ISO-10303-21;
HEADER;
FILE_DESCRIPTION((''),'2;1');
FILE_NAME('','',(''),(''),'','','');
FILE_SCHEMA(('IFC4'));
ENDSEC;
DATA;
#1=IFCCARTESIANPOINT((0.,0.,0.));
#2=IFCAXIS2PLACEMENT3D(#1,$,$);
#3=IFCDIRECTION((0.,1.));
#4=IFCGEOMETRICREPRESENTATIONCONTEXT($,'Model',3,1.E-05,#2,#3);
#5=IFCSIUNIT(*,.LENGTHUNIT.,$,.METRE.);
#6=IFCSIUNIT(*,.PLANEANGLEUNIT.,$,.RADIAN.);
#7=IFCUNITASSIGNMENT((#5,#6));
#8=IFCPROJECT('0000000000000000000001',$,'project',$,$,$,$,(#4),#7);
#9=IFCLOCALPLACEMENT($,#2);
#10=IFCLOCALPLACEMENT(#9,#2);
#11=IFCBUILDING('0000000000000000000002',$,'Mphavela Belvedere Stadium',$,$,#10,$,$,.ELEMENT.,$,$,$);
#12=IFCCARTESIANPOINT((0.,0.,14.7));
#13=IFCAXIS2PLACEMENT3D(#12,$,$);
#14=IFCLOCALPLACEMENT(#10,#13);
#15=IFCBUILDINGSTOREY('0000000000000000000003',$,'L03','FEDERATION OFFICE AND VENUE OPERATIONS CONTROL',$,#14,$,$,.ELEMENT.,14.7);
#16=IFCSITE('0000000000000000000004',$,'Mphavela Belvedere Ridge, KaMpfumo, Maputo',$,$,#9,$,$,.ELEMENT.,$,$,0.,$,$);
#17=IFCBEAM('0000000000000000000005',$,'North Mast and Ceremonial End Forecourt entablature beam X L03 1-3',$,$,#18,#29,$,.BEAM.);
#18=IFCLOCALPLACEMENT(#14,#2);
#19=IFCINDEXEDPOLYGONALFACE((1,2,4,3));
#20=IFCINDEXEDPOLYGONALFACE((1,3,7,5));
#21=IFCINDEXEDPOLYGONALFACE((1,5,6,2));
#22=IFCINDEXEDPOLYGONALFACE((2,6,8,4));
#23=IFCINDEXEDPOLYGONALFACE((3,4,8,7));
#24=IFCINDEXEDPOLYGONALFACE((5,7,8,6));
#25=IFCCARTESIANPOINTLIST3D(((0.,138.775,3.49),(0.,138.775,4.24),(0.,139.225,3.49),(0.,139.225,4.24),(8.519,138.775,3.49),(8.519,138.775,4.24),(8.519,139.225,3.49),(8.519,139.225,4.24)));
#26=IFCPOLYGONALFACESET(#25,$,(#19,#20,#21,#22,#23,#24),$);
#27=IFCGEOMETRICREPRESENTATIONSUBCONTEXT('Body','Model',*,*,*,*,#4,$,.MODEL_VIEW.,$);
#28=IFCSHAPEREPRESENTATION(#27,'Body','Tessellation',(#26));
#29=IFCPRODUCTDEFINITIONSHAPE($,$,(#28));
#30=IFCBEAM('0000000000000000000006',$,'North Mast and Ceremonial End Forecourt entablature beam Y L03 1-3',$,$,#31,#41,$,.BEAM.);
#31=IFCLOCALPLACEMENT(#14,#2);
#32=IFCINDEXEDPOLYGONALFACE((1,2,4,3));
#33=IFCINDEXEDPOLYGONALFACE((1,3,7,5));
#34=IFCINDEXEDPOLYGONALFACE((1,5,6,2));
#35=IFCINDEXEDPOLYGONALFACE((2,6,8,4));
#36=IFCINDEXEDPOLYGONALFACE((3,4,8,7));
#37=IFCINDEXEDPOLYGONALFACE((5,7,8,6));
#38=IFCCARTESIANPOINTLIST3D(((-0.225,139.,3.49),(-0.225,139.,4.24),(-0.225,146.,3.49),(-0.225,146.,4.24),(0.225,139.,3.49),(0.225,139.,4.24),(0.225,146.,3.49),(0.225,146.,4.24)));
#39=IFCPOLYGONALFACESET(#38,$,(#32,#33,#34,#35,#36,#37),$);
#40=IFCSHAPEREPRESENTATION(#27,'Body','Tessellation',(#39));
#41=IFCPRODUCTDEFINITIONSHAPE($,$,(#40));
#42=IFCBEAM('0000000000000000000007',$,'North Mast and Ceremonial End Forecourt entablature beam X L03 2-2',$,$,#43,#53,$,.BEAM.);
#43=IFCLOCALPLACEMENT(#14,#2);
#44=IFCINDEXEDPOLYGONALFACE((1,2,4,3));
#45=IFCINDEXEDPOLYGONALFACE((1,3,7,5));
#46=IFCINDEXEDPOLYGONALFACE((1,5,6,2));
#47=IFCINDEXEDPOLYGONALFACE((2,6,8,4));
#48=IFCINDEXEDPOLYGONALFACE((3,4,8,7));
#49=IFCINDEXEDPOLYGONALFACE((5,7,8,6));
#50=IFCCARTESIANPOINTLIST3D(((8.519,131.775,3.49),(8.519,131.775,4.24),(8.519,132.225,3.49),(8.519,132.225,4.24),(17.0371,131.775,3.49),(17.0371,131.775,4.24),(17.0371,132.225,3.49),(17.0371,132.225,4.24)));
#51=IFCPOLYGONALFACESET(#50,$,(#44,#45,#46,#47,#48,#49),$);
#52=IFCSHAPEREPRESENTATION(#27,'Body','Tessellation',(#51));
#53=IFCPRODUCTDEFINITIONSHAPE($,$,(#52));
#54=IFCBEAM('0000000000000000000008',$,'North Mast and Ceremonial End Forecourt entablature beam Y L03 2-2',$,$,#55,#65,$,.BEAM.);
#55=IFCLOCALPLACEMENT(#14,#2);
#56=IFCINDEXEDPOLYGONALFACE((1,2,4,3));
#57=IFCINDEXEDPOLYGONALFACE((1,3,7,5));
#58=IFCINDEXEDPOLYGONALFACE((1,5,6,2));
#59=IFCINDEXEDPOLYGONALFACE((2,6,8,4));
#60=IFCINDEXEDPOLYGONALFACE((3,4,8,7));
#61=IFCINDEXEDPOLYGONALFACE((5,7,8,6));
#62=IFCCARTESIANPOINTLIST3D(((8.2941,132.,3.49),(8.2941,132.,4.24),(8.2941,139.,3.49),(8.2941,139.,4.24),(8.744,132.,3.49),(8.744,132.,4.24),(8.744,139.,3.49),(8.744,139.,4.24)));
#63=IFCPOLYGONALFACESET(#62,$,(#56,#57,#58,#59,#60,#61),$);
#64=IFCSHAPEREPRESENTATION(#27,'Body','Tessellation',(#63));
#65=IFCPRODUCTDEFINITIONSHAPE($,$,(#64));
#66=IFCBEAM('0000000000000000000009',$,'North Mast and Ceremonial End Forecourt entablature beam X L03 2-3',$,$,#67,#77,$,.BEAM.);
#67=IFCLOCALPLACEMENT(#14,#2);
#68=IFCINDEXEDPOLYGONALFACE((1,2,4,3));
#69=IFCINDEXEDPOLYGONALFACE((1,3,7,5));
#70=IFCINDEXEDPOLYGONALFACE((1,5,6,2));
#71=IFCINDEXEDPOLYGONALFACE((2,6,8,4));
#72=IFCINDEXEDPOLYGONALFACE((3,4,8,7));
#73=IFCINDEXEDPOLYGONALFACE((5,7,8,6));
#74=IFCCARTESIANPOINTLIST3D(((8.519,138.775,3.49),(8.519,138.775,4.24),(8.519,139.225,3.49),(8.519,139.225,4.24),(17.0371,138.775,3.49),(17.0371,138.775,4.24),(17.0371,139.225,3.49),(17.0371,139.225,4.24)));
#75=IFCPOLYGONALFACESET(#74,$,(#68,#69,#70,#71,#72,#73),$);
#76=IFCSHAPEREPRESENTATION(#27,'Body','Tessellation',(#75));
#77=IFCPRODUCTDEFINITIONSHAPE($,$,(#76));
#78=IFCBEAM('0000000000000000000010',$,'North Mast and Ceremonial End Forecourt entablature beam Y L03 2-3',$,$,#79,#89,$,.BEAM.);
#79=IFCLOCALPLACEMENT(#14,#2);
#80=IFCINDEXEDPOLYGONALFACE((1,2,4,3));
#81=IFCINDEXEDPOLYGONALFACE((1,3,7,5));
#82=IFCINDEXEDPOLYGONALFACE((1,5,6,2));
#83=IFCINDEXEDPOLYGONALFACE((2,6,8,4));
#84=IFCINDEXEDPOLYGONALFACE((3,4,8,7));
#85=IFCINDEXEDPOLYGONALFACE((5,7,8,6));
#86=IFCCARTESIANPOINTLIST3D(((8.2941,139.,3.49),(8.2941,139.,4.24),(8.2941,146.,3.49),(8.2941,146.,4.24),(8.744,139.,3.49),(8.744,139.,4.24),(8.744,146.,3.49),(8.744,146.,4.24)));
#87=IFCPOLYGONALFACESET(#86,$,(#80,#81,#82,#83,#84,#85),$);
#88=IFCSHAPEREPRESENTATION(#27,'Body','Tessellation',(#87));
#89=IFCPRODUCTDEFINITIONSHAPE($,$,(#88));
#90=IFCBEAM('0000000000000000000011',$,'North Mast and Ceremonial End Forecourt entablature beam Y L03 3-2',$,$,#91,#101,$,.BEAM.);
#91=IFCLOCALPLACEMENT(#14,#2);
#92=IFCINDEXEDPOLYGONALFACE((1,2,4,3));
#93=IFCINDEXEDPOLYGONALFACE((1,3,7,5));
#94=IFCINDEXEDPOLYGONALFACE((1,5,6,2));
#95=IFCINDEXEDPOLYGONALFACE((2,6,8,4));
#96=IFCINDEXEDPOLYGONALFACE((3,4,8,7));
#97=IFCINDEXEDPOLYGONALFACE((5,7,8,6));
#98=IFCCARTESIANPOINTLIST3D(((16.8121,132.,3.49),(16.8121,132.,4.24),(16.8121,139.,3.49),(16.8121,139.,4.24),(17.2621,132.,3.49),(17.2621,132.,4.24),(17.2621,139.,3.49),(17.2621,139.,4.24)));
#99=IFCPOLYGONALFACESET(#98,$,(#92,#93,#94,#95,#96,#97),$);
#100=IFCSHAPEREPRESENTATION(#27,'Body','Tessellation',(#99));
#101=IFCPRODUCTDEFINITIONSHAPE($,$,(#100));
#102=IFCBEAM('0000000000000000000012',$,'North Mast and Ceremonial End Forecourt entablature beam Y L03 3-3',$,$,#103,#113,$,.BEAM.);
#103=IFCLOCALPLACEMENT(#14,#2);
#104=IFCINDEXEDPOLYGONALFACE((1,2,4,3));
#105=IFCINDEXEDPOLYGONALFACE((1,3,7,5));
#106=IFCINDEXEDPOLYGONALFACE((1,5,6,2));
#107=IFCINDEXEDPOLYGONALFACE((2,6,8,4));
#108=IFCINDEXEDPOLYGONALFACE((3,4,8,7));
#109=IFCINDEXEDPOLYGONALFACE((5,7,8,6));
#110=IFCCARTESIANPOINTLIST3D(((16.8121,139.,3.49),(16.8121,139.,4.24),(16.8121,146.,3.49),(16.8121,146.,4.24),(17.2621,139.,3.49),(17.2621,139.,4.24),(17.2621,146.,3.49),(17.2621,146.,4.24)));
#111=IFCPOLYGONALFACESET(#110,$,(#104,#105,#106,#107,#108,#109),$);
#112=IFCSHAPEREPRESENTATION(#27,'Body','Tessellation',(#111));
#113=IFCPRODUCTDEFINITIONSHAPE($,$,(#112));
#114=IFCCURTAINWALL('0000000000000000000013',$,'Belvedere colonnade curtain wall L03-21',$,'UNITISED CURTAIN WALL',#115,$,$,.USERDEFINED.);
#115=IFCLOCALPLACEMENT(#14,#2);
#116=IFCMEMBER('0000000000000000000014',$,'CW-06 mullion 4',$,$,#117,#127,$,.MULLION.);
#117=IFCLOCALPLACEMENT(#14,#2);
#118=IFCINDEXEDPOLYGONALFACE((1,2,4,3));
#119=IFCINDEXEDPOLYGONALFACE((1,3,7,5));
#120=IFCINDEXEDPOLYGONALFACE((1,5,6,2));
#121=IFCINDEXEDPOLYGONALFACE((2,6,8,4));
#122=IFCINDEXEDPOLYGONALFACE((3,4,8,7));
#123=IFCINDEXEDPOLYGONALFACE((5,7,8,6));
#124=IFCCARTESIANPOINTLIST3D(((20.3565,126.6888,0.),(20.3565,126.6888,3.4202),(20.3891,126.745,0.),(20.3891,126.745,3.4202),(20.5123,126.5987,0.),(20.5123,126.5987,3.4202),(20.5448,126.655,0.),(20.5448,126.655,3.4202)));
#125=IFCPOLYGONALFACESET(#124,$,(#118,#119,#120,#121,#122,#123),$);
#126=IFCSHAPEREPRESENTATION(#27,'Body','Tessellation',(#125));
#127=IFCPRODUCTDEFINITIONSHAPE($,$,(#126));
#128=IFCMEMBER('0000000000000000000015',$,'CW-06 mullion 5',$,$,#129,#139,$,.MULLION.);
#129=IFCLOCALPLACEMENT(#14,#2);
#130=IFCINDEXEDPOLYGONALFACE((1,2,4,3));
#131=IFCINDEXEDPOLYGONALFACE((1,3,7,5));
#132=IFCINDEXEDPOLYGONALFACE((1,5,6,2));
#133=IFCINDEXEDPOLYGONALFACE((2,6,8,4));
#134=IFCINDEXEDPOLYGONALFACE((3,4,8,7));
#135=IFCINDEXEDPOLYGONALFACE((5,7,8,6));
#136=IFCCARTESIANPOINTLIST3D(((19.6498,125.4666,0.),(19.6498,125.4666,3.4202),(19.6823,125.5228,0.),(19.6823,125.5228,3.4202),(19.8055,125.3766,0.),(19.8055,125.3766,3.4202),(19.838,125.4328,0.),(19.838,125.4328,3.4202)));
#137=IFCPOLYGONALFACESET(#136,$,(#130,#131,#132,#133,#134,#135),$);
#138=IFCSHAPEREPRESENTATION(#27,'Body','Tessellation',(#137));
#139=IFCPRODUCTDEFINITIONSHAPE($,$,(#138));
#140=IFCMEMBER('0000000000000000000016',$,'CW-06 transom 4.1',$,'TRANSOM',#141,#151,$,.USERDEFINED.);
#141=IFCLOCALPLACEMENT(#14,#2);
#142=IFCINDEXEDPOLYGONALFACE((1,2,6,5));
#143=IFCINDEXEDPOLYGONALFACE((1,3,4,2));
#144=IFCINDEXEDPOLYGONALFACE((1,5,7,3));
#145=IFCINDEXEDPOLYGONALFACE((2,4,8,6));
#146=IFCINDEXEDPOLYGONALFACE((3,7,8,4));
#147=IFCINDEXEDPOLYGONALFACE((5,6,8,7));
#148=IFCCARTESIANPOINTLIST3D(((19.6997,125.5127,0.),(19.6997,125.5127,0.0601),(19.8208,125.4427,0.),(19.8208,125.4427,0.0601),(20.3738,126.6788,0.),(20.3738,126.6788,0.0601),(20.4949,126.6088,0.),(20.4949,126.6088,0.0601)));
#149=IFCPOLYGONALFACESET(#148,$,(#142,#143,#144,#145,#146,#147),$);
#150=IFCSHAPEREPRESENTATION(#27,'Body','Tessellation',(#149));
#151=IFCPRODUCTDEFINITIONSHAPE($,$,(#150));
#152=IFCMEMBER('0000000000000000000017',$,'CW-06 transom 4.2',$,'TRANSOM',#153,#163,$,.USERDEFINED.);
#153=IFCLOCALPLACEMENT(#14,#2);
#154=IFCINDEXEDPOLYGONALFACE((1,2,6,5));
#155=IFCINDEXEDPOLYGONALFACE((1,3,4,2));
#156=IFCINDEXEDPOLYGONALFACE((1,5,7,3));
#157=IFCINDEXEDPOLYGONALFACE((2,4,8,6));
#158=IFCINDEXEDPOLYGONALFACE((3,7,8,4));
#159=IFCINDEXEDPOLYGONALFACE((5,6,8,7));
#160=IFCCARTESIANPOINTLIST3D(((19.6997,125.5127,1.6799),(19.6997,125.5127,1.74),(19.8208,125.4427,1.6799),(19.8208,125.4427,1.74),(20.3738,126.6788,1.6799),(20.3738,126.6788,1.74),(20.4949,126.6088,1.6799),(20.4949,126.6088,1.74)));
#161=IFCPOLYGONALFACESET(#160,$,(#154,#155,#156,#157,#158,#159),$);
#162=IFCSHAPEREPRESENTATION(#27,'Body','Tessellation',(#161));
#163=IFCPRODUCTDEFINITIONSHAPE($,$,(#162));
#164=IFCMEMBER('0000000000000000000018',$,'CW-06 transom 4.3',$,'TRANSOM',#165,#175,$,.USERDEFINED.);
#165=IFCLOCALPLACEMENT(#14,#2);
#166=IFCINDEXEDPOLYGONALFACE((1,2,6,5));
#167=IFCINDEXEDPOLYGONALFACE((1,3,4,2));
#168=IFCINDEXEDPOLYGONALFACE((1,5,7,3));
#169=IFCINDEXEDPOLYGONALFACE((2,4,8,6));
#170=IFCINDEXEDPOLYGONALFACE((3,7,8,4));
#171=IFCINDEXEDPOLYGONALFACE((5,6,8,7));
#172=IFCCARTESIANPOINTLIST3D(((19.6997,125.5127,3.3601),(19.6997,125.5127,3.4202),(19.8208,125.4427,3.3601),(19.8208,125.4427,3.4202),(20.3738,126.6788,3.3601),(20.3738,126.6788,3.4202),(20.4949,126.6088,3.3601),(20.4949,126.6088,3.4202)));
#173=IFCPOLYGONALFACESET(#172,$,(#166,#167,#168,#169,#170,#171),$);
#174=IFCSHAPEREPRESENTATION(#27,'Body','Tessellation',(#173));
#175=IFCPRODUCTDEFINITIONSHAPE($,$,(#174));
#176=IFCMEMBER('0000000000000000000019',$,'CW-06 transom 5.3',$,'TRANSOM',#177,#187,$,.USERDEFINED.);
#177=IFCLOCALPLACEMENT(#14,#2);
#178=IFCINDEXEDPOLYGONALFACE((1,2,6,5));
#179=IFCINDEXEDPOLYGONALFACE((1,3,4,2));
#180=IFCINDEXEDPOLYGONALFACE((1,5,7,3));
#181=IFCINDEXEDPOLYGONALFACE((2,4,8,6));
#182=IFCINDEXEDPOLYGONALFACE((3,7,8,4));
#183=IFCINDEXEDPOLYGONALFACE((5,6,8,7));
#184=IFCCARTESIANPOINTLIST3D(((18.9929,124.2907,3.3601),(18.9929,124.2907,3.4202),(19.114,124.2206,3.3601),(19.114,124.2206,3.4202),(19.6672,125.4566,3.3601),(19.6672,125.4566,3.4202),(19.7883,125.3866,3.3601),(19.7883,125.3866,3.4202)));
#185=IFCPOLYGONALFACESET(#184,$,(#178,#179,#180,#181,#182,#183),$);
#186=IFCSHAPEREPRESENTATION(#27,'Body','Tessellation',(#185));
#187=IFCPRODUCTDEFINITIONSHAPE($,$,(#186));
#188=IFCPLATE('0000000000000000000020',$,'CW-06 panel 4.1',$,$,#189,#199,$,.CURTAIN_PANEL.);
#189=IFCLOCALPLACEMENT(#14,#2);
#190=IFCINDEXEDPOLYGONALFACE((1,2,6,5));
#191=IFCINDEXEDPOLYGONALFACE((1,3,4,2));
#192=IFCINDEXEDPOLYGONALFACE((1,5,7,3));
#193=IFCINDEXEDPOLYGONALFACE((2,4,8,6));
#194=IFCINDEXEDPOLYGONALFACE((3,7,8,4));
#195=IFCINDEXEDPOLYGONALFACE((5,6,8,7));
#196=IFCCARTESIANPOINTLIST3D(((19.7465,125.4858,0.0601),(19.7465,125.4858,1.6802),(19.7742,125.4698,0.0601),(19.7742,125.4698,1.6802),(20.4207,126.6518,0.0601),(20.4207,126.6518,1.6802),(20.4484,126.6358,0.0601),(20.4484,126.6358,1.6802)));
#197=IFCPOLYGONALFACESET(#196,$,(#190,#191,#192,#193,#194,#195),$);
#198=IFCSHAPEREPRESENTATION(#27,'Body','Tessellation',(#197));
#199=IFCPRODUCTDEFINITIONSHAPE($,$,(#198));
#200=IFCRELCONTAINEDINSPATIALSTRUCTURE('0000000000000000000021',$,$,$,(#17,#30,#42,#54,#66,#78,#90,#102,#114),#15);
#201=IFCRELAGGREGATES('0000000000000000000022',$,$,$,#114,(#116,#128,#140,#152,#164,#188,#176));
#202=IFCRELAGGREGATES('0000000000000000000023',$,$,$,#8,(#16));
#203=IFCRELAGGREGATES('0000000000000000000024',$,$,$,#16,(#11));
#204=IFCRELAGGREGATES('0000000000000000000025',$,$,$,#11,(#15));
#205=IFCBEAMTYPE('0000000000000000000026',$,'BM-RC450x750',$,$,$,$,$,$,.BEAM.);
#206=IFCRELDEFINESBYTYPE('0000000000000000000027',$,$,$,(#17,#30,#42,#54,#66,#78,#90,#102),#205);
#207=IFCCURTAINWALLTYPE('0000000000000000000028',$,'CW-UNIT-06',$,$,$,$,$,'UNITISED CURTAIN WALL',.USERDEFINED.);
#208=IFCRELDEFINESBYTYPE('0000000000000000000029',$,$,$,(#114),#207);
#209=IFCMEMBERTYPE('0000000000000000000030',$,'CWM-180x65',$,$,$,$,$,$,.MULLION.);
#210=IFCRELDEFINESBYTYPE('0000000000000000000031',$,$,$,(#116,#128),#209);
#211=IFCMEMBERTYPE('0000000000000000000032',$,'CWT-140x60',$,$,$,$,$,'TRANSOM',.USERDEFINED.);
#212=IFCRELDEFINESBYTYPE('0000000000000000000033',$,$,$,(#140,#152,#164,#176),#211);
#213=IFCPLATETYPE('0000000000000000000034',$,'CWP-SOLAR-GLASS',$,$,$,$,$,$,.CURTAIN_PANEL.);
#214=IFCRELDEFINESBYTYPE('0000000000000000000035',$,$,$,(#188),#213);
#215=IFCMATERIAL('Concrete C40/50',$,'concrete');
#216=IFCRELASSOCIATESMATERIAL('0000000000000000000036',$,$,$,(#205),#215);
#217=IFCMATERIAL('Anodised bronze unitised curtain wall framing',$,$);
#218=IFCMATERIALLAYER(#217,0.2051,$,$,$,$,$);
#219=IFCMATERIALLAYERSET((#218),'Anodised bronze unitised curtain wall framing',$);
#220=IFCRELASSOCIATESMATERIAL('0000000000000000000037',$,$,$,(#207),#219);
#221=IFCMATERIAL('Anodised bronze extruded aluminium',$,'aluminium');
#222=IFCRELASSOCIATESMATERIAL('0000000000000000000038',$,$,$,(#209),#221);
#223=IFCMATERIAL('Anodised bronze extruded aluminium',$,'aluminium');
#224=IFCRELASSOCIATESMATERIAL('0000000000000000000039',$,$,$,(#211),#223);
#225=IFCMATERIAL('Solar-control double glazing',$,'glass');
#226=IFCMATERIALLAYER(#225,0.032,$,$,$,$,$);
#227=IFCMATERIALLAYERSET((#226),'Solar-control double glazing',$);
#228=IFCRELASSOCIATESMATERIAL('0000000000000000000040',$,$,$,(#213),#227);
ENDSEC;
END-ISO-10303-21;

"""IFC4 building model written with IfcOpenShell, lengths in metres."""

from ifc_helpers import new_model, si_unit, direction, frame, origin, origin_2d, place, context, subcontext, project, spatial, rectangle, extrude, material, layer, layer_set, material_profile, profile_set, type_object, element, aggregate, save


model = new_model("IFC4")

# Units and contexts
model_context = context("Model", 3, precision=1e-05, world=origin(), true_north=direction((0.0, 1.0)))
body_context = subcontext(model_context, "Body", "Model", "MODEL_VIEW")
ifc_project = project(units=[si_unit("LENGTHUNIT", "METRE"), si_unit("PLANEANGLEUNIT", "RADIAN")], contexts=[model_context])

# Site, building, storey
site_placement = place(None, origin())
site = spatial("IfcSite", under=ifc_project, at=site_placement, Name="Mphavela Belvedere Ridge, KaMpfumo, Maputo", CompositionType="ELEMENT", RefElevation=0.0)
building_placement = place(site_placement, origin())
building = spatial("IfcBuilding", under=site, at=building_placement, Name="Mphavela Belvedere Stadium", CompositionType="ELEMENT")
storey_placement = place(building_placement, frame((0.0, 0.0, 14.7)))
storey = spatial("IfcBuildingStorey", under=building, at=storey_placement, Name="L03", Description="FEDERATION OFFICE AND VENUE OPERATIONS CONTROL", CompositionType="ELEMENT", Elevation=14.7)

# Beams
ifc_material_1 = material(Name="Concrete C40/50", Category="concrete")
ifc_material_profile_1 = material_profile(ifc_material_1, rectangle(XDim=0.45, YDim=0.75, at=origin_2d()), Name="RC 450x750")
ifc_profile_set_1 = profile_set([ifc_material_profile_1], Name="Concrete C40/50")
beam_type_1 = type_object("IfcBeamType", Name="BM-RC450x750", PredefinedType="BEAM", material=ifc_profile_set_1)
beam_1_placement = place(storey_placement, frame((0.0, 139.0, 3.865), z_axis=(1.0, 0.0, 0.0), x_axis=(0.0, 1.0, 0.0)))
element("IfcBeam", 1, at=beam_1_placement, inside=storey, type_object=beam_type_1, Name="North Mast and Ceremonial End Forecourt entablature beam X L03 1-3", PredefinedType="BEAM", context=body_context, shape_type="SweptSolid", body=[
    extrude(rectangle(XDim=0.45, YDim=0.75, at=origin_2d()), origin(), (0.0, 0.0, 1.0), 8.519),
])
beam_2_placement = place(storey_placement, frame((0.0, 139.0, 3.865), z_axis=(0.0, 1.0, 0.0), x_axis=(-1.0, 0.0, 0.0)))
element("IfcBeam", 2, at=beam_2_placement, inside=storey, type_object=beam_type_1, Name="North Mast and Ceremonial End Forecourt entablature beam Y L03 1-3", PredefinedType="BEAM", context=body_context, shape_type="SweptSolid", body=[
    extrude(rectangle(XDim=0.45, YDim=0.75, at=origin_2d()), origin(), (0.0, 0.0, 1.0), 7.0),
])
beam_3_placement = place(storey_placement, frame((8.519, 132.0, 3.865), z_axis=(1.0, 0.0, 0.0), x_axis=(0.0, 1.0, 0.0)))
element("IfcBeam", 3, at=beam_3_placement, inside=storey, type_object=beam_type_1, Name="North Mast and Ceremonial End Forecourt entablature beam X L03 2-2", PredefinedType="BEAM", context=body_context, shape_type="SweptSolid", body=[
    extrude(rectangle(XDim=0.45, YDim=0.75, at=origin_2d()), origin(), (0.0, 0.0, 1.0), 8.5181),
])
beam_4_placement = place(storey_placement, frame((8.519, 132.0, 3.865), z_axis=(0.0, 1.0, 0.0), x_axis=(-1.0, 0.0, 0.0)))
element("IfcBeam", 4, at=beam_4_placement, inside=storey, type_object=beam_type_1, Name="North Mast and Ceremonial End Forecourt entablature beam Y L03 2-2", PredefinedType="BEAM", context=body_context, shape_type="SweptSolid", body=[
    extrude(rectangle(XDim=0.45, YDim=0.75, at=origin_2d()), origin(), (0.0, 0.0, 1.0), 7.0),
])
beam_5_placement = place(storey_placement, frame((8.519, 139.0, 3.865), z_axis=(1.0, 0.0, 0.0), x_axis=(0.0, 1.0, 0.0)))
element("IfcBeam", 5, at=beam_5_placement, inside=storey, type_object=beam_type_1, Name="North Mast and Ceremonial End Forecourt entablature beam X L03 2-3", PredefinedType="BEAM", context=body_context, shape_type="SweptSolid", body=[
    extrude(rectangle(XDim=0.45, YDim=0.75, at=origin_2d()), origin(), (0.0, 0.0, 1.0), 8.5181),
])
for number, where, z_axis, x_axis, name in (
    (6, (8.519, 139.0, 3.865), (0.0, 1.0, 0.0), (-1.0, 0.0, 0.0), "North Mast and Ceremonial End Forecourt entablature beam Y L03 2-3"),
    (7, (17.0371, 132.0, 3.865), (0.0, 1.0, 0.0), (-1.0, 0.0, 0.0), "North Mast and Ceremonial End Forecourt entablature beam Y L03 3-2"),
    (8, (17.0371, 139.0, 3.865), (0.0, 1.0, 0.0), (-1.0, 0.0, 0.0), "North Mast and Ceremonial End Forecourt entablature beam Y L03 3-3"),
):
    element("IfcBeam", number, at=place(storey_placement, frame(where, z_axis=z_axis, x_axis=x_axis)), inside=storey, type_object=beam_type_1, Name=name, PredefinedType="BEAM", context=body_context, shape_type="SweptSolid", body=[
        extrude(rectangle(XDim=0.45, YDim=0.75, at=origin_2d()), origin(), (0.0, 0.0, 1.0), 7.0),
    ])

# Curtain wall, members, plate
ifc_material_2 = material(Name="Anodised bronze unitised curtain wall framing")
ifc_layer_1 = layer(ifc_material_2, 0.2051)
ifc_layer_set_1 = layer_set([ifc_layer_1], Name="Anodised bronze unitised curtain wall framing")
curtain_wall_type = type_object("IfcCurtainWallType", Name="CW-UNIT-06", ElementType="UNITISED CURTAIN WALL", PredefinedType="USERDEFINED", material=ifc_layer_set_1)
curtain_wall_placement = place(storey_placement, origin())
curtain_wall = element("IfcCurtainWall", 9, at=curtain_wall_placement, inside=storey, type_object=curtain_wall_type, Name="Belvedere colonnade curtain wall L03-21", ObjectType="UNITISED CURTAIN WALL", PredefinedType="USERDEFINED")
ifc_material_3 = material(Name="Anodised bronze extruded aluminium", Category="aluminium")
ifc_material_profile_2 = material_profile(ifc_material_3, rectangle(XDim=0.1799, YDim=0.0649, at=origin_2d()), Name="CW-MUL 180x65")
ifc_profile_set_2 = profile_set([ifc_material_profile_2], Name="Anodised bronze extruded aluminium")
member_type_1 = type_object("IfcMemberType", Name="CWM-180x65", PredefinedType="MULLION", material=ifc_profile_set_2)
member_1_placement = place(storey_placement, frame((20.4507, 126.6719, 0.0), z_axis=(0.0, 0.0, 1.0), x_axis=(0.865705, -0.500554, 0.0)))
member_1 = element("IfcMember", 10, at=member_1_placement, type_object=member_type_1, Name="CW-06 mullion 4", PredefinedType="MULLION", context=body_context, shape_type="SweptSolid", body=[
    extrude(rectangle(XDim=0.1799, YDim=0.0649, at=origin_2d()), origin(), (0.0, 0.0, 1.0), 3.4202),
])
member_2_placement = place(storey_placement, frame((19.7439, 125.4497, 0.0), z_axis=(0.0, 0.0, 1.0), x_axis=(0.865705, -0.500554, 0.0)))
member_2 = element("IfcMember", 11, at=member_2_placement, type_object=member_type_1, Name="CW-06 mullion 5", PredefinedType="MULLION", context=body_context, shape_type="SweptSolid", body=[
    extrude(rectangle(XDim=0.1799, YDim=0.0649, at=origin_2d()), origin(), (0.0, 0.0, 1.0), 3.4202),
])
ifc_material_4 = material(Name="Anodised bronze extruded aluminium", Category="aluminium")
ifc_material_profile_3 = material_profile(ifc_material_4, rectangle(XDim=0.1399, YDim=0.0601, at=origin_2d()), Name="CW-TRN 140x60")
ifc_profile_set_3 = profile_set([ifc_material_profile_3], Name="Anodised bronze extruded aluminium")
member_type_2 = type_object("IfcMemberType", Name="CWT-140x60", ElementType="TRANSOM", PredefinedType="USERDEFINED", material=ifc_profile_set_3)
member_3_placement = place(storey_placement, frame((20.4343, 126.6438, 0.03), z_axis=(-0.500486, -0.865745, 0.0), x_axis=(0.865745, -0.500486, 0.0)))
member_3 = element("IfcMember", 12, at=member_3_placement, type_object=member_type_2, Name="CW-06 transom 4.1", ObjectType="TRANSOM", PredefinedType="USERDEFINED", context=body_context, shape_type="SweptSolid", body=[
    extrude(rectangle(XDim=0.1399, YDim=0.0601, at=origin_2d()), origin(), (0.0, 0.0, 1.0), 1.3469),
])
member_4_placement = place(storey_placement, frame((20.4343, 126.6438, 1.71), z_axis=(-0.500486, -0.865745, 0.0), x_axis=(0.865745, -0.500486, 0.0)))
member_4 = element("IfcMember", 13, at=member_4_placement, type_object=member_type_2, Name="CW-06 transom 4.2", ObjectType="TRANSOM", PredefinedType="USERDEFINED", context=body_context, shape_type="SweptSolid", body=[
    extrude(rectangle(XDim=0.1399, YDim=0.0601, at=origin_2d()), origin(), (0.0, 0.0, 1.0), 1.3469),
])
member_5_placement = place(storey_placement, frame((20.4343, 126.6438, 3.3901), z_axis=(-0.500486, -0.865745, 0.0), x_axis=(0.865745, -0.500486, 0.0)))
member_5 = element("IfcMember", 14, at=member_5_placement, type_object=member_type_2, Name="CW-06 transom 4.3", ObjectType="TRANSOM", PredefinedType="USERDEFINED", context=body_context, shape_type="SweptSolid", body=[
    extrude(rectangle(XDim=0.1399, YDim=0.0601, at=origin_2d()), origin(), (0.0, 0.0, 1.0), 1.3469),
])
member_6_placement = place(storey_placement, frame((19.7278, 125.4216, 3.3901), z_axis=(-0.500622, -0.865666, 0.0), x_axis=(0.865666, -0.500622, 0.0)))
member_6 = element("IfcMember", 15, at=member_6_placement, type_object=member_type_2, Name="CW-06 transom 5.3", ObjectType="TRANSOM", PredefinedType="USERDEFINED", context=body_context, shape_type="SweptSolid", body=[
    extrude(rectangle(XDim=0.1399, YDim=0.0601, at=origin_2d()), origin(), (0.0, 0.0, 1.0), 1.3469),
])
ifc_material_5 = material(Name="Solar-control double glazing", Category="glass")
ifc_layer_2 = layer(ifc_material_5, 0.032)
ifc_layer_set_2 = layer_set([ifc_layer_2], Name="Solar-control double glazing")
plate_type = type_object("IfcPlateType", Name="CWP-SOLAR-GLASS", PredefinedType="CURTAIN_PANEL", material=ifc_layer_set_2)
plate_1_placement = place(storey_placement, frame((20.0974, 126.0608, 0.0601), z_axis=(0.0, 0.0, 1.0), x_axis=(-0.500554, -0.865705, 0.0)))
plate_1 = element("IfcPlate", 16, at=plate_1_placement, type_object=plate_type, Name="CW-06 panel 4.1", PredefinedType="CURTAIN_PANEL", context=body_context, shape_type="SweptSolid", body=[
    extrude(rectangle(XDim=1.3469, YDim=0.032, at=origin_2d()), origin(), (0.0, 0.0, 1.0), 1.6201),
])
aggregate(curtain_wall, [member_1, member_2, member_3, member_4, member_5, plate_1, member_6])

save(model, "model.ifc")
